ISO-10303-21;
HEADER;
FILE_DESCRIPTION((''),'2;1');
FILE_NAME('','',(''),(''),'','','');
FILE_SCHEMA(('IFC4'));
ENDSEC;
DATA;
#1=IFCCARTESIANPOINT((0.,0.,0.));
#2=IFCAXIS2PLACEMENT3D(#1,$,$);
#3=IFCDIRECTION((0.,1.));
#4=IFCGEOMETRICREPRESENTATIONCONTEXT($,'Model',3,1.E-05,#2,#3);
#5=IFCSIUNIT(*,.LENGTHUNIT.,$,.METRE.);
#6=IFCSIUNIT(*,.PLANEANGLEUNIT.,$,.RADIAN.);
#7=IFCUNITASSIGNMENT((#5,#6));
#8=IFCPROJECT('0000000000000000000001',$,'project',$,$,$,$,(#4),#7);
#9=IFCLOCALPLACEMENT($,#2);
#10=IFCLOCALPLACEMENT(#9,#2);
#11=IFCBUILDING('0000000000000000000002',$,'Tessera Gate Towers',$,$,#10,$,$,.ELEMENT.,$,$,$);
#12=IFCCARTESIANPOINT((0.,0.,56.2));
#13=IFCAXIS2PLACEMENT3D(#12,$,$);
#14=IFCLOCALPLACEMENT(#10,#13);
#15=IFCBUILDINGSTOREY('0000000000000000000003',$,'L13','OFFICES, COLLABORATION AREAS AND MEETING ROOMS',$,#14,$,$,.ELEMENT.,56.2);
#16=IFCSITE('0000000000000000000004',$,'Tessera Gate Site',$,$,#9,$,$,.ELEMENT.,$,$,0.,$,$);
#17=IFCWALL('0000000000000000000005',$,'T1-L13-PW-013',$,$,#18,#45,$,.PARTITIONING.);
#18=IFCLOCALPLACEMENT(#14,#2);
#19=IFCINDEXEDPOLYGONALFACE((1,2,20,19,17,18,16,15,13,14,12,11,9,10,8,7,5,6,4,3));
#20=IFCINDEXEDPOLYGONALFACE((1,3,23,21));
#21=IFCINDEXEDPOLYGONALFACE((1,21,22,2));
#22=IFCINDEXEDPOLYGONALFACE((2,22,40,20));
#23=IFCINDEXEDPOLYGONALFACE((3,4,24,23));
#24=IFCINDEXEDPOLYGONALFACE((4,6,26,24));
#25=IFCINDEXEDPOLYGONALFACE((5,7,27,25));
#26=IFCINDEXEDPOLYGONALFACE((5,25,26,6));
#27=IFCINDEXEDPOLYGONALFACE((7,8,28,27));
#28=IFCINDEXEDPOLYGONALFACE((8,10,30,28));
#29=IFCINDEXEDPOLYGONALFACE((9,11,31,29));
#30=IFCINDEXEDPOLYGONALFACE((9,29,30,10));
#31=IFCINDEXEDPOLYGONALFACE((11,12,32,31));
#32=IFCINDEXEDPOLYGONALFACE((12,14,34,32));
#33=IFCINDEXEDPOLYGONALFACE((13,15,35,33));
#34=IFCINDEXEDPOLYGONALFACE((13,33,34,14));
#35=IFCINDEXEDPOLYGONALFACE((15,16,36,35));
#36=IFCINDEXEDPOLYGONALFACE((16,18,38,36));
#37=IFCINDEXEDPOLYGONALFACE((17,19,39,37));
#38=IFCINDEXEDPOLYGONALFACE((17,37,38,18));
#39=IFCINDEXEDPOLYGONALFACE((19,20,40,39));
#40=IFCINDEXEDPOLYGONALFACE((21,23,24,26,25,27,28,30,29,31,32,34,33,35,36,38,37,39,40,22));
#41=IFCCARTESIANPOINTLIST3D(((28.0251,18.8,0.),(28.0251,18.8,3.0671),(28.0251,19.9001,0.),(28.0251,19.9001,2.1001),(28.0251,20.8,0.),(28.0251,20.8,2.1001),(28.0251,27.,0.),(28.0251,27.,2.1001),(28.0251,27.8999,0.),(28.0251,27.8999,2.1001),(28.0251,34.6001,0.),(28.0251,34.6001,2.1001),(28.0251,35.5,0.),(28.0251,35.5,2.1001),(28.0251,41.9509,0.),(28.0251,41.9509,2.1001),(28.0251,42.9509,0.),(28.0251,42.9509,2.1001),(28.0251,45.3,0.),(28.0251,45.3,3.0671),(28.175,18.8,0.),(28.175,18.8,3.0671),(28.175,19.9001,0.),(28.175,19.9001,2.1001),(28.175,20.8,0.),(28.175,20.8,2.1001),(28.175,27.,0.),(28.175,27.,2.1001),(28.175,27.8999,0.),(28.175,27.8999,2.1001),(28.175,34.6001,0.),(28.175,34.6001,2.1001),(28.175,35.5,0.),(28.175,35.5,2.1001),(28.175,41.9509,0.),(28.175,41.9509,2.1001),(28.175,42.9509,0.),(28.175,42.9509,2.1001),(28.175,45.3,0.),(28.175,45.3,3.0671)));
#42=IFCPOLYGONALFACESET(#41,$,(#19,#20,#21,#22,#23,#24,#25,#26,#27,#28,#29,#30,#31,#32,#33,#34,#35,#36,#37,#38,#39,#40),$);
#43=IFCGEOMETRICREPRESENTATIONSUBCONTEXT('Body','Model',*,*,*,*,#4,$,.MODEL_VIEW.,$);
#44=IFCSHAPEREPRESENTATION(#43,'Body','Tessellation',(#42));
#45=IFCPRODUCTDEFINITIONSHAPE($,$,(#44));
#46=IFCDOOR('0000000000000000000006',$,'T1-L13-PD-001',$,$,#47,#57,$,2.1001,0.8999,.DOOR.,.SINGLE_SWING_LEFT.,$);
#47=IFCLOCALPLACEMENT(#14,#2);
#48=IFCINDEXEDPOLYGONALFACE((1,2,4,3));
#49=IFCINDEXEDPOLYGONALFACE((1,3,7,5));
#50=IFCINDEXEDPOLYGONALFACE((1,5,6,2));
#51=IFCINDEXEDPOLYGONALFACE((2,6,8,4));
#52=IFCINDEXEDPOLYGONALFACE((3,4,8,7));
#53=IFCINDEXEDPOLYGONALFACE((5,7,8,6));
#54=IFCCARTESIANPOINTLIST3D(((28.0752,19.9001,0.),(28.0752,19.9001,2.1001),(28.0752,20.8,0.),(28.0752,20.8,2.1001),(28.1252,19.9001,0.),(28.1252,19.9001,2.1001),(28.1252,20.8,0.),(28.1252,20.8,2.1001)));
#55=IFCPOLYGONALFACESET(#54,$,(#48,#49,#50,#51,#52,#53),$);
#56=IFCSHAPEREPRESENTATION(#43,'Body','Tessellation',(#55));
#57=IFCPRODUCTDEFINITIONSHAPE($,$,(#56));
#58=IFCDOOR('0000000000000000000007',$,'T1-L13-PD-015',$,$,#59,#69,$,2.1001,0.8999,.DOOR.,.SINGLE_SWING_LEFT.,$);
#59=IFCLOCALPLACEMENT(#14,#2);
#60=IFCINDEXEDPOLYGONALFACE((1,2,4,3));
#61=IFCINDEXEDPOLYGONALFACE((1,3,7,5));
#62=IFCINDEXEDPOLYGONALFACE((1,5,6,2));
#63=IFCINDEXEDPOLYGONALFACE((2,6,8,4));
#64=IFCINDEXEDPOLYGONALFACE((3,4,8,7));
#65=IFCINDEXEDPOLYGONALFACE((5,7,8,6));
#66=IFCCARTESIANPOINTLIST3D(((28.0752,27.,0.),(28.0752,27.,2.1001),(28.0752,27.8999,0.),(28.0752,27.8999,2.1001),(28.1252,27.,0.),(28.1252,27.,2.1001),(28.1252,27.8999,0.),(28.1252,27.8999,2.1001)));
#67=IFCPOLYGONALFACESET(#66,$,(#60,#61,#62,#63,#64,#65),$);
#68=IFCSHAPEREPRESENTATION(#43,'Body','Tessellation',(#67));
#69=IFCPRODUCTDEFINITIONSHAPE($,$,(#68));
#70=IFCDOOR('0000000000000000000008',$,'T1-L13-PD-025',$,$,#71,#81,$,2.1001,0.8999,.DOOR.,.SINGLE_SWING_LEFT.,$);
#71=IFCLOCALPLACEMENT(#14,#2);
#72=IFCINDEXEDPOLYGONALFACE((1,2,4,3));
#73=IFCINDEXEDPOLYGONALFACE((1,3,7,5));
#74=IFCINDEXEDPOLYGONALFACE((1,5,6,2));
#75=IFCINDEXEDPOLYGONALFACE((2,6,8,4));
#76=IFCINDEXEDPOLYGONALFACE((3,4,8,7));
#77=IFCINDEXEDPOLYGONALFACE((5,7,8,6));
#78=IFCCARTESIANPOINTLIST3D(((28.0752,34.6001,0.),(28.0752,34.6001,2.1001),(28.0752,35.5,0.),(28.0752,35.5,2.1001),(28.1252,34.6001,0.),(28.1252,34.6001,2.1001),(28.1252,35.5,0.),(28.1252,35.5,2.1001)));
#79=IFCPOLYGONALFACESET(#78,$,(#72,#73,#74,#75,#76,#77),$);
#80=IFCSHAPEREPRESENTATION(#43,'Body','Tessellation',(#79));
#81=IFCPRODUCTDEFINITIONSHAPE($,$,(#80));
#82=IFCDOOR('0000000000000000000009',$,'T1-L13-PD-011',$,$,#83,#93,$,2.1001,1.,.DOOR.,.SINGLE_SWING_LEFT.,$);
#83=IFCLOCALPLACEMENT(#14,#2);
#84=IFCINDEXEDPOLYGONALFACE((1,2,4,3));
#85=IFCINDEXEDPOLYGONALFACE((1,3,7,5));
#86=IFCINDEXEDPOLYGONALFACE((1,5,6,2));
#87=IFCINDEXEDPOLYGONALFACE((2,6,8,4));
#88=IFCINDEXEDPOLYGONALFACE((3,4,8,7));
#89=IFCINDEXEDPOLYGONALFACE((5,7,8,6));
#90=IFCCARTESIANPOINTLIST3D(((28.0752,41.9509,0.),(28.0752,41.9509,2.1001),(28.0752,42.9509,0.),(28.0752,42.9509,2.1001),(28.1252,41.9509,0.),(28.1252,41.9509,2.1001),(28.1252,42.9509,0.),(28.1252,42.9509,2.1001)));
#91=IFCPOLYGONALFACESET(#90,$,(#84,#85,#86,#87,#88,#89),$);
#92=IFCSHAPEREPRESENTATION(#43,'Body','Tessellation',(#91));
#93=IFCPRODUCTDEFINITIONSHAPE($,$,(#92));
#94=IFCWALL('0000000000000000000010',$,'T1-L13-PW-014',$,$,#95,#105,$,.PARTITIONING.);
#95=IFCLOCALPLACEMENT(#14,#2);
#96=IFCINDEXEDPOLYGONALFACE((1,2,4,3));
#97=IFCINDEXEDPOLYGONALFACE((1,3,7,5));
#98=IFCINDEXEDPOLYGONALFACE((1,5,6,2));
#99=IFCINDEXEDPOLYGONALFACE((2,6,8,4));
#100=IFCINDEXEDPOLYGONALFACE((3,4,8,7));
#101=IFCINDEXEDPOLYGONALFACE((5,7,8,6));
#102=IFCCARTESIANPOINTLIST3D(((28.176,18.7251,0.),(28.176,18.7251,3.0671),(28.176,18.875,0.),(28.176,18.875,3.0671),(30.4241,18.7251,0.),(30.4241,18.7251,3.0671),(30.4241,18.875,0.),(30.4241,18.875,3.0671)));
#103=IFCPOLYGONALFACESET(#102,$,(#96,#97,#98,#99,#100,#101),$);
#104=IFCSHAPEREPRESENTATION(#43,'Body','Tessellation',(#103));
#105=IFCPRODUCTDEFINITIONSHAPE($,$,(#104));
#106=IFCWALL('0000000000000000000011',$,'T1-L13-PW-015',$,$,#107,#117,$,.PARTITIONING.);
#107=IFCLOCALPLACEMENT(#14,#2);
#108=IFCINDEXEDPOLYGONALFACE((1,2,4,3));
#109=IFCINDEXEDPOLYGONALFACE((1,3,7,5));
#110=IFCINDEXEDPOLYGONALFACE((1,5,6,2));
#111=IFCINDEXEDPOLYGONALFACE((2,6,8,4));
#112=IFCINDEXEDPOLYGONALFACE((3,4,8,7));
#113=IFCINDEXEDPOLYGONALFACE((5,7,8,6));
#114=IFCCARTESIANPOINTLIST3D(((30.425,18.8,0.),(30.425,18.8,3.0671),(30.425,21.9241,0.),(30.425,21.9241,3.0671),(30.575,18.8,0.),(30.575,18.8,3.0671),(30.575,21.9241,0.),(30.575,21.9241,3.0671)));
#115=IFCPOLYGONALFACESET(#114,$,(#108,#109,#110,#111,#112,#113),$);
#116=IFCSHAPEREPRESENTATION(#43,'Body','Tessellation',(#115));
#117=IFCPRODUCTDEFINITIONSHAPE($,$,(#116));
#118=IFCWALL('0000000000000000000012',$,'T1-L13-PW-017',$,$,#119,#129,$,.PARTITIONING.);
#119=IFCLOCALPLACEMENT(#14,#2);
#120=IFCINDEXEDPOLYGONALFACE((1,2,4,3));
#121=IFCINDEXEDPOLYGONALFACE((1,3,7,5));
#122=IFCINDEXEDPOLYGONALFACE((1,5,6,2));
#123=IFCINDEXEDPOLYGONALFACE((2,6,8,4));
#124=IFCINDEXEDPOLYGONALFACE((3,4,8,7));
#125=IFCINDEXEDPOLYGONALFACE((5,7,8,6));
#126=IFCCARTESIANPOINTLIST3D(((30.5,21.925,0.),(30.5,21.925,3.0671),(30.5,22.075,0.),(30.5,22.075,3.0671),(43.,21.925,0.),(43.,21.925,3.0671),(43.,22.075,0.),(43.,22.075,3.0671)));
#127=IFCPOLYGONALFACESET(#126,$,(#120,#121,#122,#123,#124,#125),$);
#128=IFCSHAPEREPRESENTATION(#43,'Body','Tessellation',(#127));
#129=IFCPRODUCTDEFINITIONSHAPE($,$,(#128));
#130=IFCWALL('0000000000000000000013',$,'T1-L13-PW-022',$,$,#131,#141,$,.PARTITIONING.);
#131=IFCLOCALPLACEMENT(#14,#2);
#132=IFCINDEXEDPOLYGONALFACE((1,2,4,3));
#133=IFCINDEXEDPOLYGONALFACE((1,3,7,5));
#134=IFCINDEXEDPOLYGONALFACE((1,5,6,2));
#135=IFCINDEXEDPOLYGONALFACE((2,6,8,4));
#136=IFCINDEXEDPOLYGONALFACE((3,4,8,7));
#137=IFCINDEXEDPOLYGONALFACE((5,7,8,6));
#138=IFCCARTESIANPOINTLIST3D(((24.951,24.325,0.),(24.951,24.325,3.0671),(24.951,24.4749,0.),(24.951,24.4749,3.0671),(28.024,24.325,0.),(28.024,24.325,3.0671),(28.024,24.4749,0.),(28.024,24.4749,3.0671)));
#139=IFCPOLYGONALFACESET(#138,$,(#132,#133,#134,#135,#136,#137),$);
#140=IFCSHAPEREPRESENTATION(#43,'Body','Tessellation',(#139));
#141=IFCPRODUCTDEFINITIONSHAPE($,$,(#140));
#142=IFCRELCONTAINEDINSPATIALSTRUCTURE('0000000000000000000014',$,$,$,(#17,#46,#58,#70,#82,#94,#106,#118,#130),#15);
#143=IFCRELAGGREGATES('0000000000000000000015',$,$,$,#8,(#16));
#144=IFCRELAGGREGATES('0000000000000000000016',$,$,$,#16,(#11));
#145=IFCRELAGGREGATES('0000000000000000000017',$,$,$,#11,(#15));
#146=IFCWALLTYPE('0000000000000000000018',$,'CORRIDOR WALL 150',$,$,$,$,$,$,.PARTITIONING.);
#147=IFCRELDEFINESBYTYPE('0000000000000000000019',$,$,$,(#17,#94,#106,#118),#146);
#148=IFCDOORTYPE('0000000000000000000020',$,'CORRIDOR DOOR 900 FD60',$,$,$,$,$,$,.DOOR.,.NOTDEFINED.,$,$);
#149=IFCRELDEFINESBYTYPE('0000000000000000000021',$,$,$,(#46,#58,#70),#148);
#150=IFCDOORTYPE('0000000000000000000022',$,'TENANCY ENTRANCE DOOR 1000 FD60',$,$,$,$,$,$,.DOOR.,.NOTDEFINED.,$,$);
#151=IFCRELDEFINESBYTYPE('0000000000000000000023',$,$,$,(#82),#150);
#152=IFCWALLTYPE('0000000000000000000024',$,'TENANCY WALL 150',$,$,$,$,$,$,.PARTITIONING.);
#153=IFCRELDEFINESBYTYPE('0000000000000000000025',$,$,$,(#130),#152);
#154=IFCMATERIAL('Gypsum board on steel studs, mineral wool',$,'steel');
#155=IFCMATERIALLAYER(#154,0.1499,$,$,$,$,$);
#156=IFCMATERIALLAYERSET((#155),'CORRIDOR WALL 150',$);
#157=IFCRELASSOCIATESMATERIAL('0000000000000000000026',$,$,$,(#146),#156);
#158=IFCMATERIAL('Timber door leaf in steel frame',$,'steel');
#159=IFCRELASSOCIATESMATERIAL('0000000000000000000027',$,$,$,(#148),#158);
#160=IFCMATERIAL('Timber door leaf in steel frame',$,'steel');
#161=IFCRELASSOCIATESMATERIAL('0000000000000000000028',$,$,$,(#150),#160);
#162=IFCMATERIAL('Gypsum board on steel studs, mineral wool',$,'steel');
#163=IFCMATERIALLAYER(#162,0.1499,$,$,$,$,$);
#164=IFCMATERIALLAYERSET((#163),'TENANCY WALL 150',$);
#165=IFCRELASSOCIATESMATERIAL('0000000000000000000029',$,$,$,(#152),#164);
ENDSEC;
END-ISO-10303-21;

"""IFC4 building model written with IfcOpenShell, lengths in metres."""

from ifc_helpers import new_model, si_unit, direction, frame, frame_2d, origin, place, context, subcontext, project, spatial, rectangle, extrude, source, transform, mapped, material, layer, layer_set, type_object, element, fill, save


model = new_model("IFC4")

# Units and contexts
model_context = context("Model", 3, precision=1e-05, world=origin(), true_north=direction((0.0, 1.0)))
body_context = subcontext(model_context, "Body", "Model", "MODEL_VIEW")
ifc_project = project(units=[si_unit("LENGTHUNIT", "METRE"), si_unit("PLANEANGLEUNIT", "RADIAN")], contexts=[model_context])

# Site, building, storey
site_placement = place(None, origin())
site = spatial("IfcSite", under=ifc_project, at=site_placement, Name="Tessera Gate Site", CompositionType="ELEMENT", RefElevation=0.0)
building_placement = place(site_placement, origin())
building = spatial("IfcBuilding", under=site, at=building_placement, Name="Tessera Gate Towers", CompositionType="ELEMENT")
storey_placement = place(building_placement, frame((0.0, 0.0, 56.2)))
storey = spatial("IfcBuildingStorey", under=building, at=storey_placement, Name="L13", Description="OFFICES, COLLABORATION AREAS AND MEETING ROOMS", CompositionType="ELEMENT", Elevation=56.2)

# Wall, openings, doors
ifc_material_1 = material(Name="Gypsum board on steel studs, mineral wool", Category="steel")
ifc_layer_1 = layer(ifc_material_1, 0.1499)
ifc_layer_set_1 = layer_set([ifc_layer_1], Name="CORRIDOR WALL 150")
wall_type_1 = type_object("IfcWallType", Name="CORRIDOR WALL 150", PredefinedType="PARTITIONING", material=ifc_layer_set_1)
wall_1_placement = place(storey_placement, frame((28.1001, 18.8, 0.0), z_axis=(0.0, 0.0, 1.0), x_axis=(0.0, 1.0, 0.0)))
wall_1 = element("IfcWall", 1, at=wall_1_placement, inside=storey, type_object=wall_type_1, Name="T1-L13-PW-013", PredefinedType="PARTITIONING", context=body_context, shape_type="SweptSolid", body=[
    extrude(rectangle(XDim=26.5, YDim=0.1499, at=frame_2d((13.25, 0.0))), origin(), (0.0, 0.0, 1.0), 3.0671),
])
shared_shape_1 = source(origin(), body_context, "Body", "SweptSolid", [
    extrude(rectangle(XDim=0.8999, YDim=2.1001, at=frame_2d((0.45, 1.05))), frame((0.0, 0.085, 0.0), z_axis=(0.0, -1.0, 0.0), x_axis=(1.0, 0.0, 0.0)), (0.0, 0.0, 1.0), 0.1699),
])
opening_1_placement = place(wall_1_placement, frame((1.1001, 0.0, 0.0)))
opening_1 = element("IfcOpeningElement", 2, at=opening_1_placement, cuts=wall_1, PredefinedType="OPENING", context=body_context, shape_type="MappedRepresentation", body=[
    mapped(shared_shape_1, transform((0.0, 0.0, 0.0), scale=1.0)),
])
shared_shape_2 = source(origin(), body_context, "Body", "SweptSolid", [
    extrude(rectangle(XDim=1.0, YDim=2.1001, at=frame_2d((0.5, 1.05))), frame((0.0, 0.085, 0.0), z_axis=(0.0, -1.0, 0.0), x_axis=(1.0, 0.0, 0.0)), (0.0, 0.0, 1.0), 0.1699),
])
opening_2_placement = place(wall_1_placement, frame((23.1509, 0.0, 0.0)))
opening_2 = element("IfcOpeningElement", 3, at=opening_2_placement, cuts=wall_1, PredefinedType="OPENING", context=body_context, shape_type="MappedRepresentation", body=[
    mapped(shared_shape_2, transform((0.0, 0.0, 0.0), scale=1.0)),
])
opening_3_placement = place(wall_1_placement, frame((8.2, 0.0, 0.0)))
opening_3 = element("IfcOpeningElement", 4, at=opening_3_placement, cuts=wall_1, PredefinedType="OPENING", context=body_context, shape_type="MappedRepresentation", body=[
    mapped(shared_shape_1, transform((0.0, 0.0, 0.0), scale=1.0)),
])
opening_4_placement = place(wall_1_placement, frame((15.8, 0.0, 0.0)))
opening_4 = element("IfcOpeningElement", 5, at=opening_4_placement, cuts=wall_1, PredefinedType="OPENING", context=body_context, shape_type="MappedRepresentation", body=[
    mapped(shared_shape_1, transform((0.0, 0.0, 0.0), scale=1.0)),
])
ifc_material_2 = material(Name="Timber door leaf in steel frame", Category="steel")
door_type_1 = type_object("IfcDoorType", Name="CORRIDOR DOOR 900 FD60", OperationType="NOTDEFINED", PredefinedType="DOOR", material=ifc_material_2)
shared_shape_3 = source(origin(), body_context, "Body", "SweptSolid", [
    extrude(rectangle(XDim=0.8999, YDim=2.1001, at=frame_2d((0.45, 1.05))), frame((0.0, 0.0249, 0.0), z_axis=(0.0, -1.0, 0.0), x_axis=(1.0, 0.0, 0.0)), (0.0, 0.0, 1.0), 0.05),
])
door_1_placement = place(opening_1_placement, origin())
door_1 = element("IfcDoor", 6, at=door_1_placement, inside=storey, type_object=door_type_1, Name="T1-L13-PD-001", OperationType="SINGLE_SWING_LEFT", OverallHeight=2.1001, OverallWidth=0.8999, PredefinedType="DOOR", context=body_context, shape_type="MappedRepresentation", body=[
    mapped(shared_shape_3, transform((0.0, 0.0, 0.0), scale=1.0)),
])
fill(opening_1, door_1)
door_2_placement = place(opening_3_placement, origin())
door_2 = element("IfcDoor", 7, at=door_2_placement, inside=storey, type_object=door_type_1, Name="T1-L13-PD-015", OperationType="SINGLE_SWING_LEFT", OverallHeight=2.1001, OverallWidth=0.8999, PredefinedType="DOOR", context=body_context, shape_type="MappedRepresentation", body=[
    mapped(shared_shape_3, transform((0.0, 0.0, 0.0), scale=1.0)),
])
fill(opening_3, door_2)
door_3_placement = place(opening_4_placement, origin())
door_3 = element("IfcDoor", 8, at=door_3_placement, inside=storey, type_object=door_type_1, Name="T1-L13-PD-025", OperationType="SINGLE_SWING_LEFT", OverallHeight=2.1001, OverallWidth=0.8999, PredefinedType="DOOR", context=body_context, shape_type="MappedRepresentation", body=[
    mapped(shared_shape_3, transform((0.0, 0.0, 0.0), scale=1.0)),
])
fill(opening_4, door_3)
ifc_material_3 = material(Name="Timber door leaf in steel frame", Category="steel")
door_type_2 = type_object("IfcDoorType", Name="TENANCY ENTRANCE DOOR 1000 FD60", OperationType="NOTDEFINED", PredefinedType="DOOR", material=ifc_material_3)
shared_shape_4 = source(origin(), body_context, "Body", "SweptSolid", [
    extrude(rectangle(XDim=1.0, YDim=2.1001, at=frame_2d((0.5, 1.05))), frame((0.0, 0.0249, 0.0), z_axis=(0.0, -1.0, 0.0), x_axis=(1.0, 0.0, 0.0)), (0.0, 0.0, 1.0), 0.05),
])
door_4_placement = place(opening_2_placement, origin())
door_4 = element("IfcDoor", 9, at=door_4_placement, inside=storey, type_object=door_type_2, Name="T1-L13-PD-011", OperationType="SINGLE_SWING_LEFT", OverallHeight=2.1001, OverallWidth=1.0, PredefinedType="DOOR", context=body_context, shape_type="MappedRepresentation", body=[
    mapped(shared_shape_4, transform((0.0, 0.0, 0.0), scale=1.0)),
])
fill(opening_2, door_4)

# Walls
wall_2_placement = place(storey_placement, frame((28.176, 18.8, 0.0), z_axis=(0.0, 0.0, 1.0), x_axis=(1.0, 0.0, 0.0)))
element("IfcWall", 10, at=wall_2_placement, inside=storey, type_object=wall_type_1, Name="T1-L13-PW-014", PredefinedType="PARTITIONING", context=body_context, shape_type="SweptSolid", body=[
    extrude(rectangle(XDim=2.248, YDim=0.1499, at=frame_2d((1.124, 0.0))), origin(), (0.0, 0.0, 1.0), 3.0671),
])
wall_3_placement = place(storey_placement, frame((30.5, 18.8, 0.0), z_axis=(0.0, 0.0, 1.0), x_axis=(0.0, 1.0, 0.0)))
element("IfcWall", 11, at=wall_3_placement, inside=storey, type_object=wall_type_1, Name="T1-L13-PW-015", PredefinedType="PARTITIONING", context=body_context, shape_type="SweptSolid", body=[
    extrude(rectangle(XDim=3.124, YDim=0.1499, at=frame_2d((1.562, 0.0))), origin(), (0.0, 0.0, 1.0), 3.0671),
])
wall_4_placement = place(storey_placement, frame((30.5, 22.0, 0.0), z_axis=(0.0, 0.0, 1.0), x_axis=(1.0, 0.0, 0.0)))
element("IfcWall", 12, at=wall_4_placement, inside=storey, type_object=wall_type_1, Name="T1-L13-PW-017", PredefinedType="PARTITIONING", context=body_context, shape_type="SweptSolid", body=[
    extrude(rectangle(XDim=12.5, YDim=0.1499, at=frame_2d((6.25, 0.0))), origin(), (0.0, 0.0, 1.0), 3.0671),
])
ifc_material_4 = material(Name="Gypsum board on steel studs, mineral wool", Category="steel")
ifc_layer_2 = layer(ifc_material_4, 0.1499)
ifc_layer_set_2 = layer_set([ifc_layer_2], Name="TENANCY WALL 150")
wall_type_2 = type_object("IfcWallType", Name="TENANCY WALL 150", PredefinedType="PARTITIONING", material=ifc_layer_set_2)
wall_5_placement = place(storey_placement, frame((24.9509, 24.3999, 0.0), z_axis=(0.0, 0.0, 1.0), x_axis=(1.0, 0.0, 0.0)))
element("IfcWall", 13, at=wall_5_placement, inside=storey, type_object=wall_type_2, Name="T1-L13-PW-022", PredefinedType="PARTITIONING", context=body_context, shape_type="SweptSolid", body=[
    extrude(rectangle(XDim=3.073, YDim=0.1499, at=frame_2d((1.5366, 0.0))), origin(), (0.0, 0.0, 1.0), 3.0671),
])

save(model, "model.ifc")
